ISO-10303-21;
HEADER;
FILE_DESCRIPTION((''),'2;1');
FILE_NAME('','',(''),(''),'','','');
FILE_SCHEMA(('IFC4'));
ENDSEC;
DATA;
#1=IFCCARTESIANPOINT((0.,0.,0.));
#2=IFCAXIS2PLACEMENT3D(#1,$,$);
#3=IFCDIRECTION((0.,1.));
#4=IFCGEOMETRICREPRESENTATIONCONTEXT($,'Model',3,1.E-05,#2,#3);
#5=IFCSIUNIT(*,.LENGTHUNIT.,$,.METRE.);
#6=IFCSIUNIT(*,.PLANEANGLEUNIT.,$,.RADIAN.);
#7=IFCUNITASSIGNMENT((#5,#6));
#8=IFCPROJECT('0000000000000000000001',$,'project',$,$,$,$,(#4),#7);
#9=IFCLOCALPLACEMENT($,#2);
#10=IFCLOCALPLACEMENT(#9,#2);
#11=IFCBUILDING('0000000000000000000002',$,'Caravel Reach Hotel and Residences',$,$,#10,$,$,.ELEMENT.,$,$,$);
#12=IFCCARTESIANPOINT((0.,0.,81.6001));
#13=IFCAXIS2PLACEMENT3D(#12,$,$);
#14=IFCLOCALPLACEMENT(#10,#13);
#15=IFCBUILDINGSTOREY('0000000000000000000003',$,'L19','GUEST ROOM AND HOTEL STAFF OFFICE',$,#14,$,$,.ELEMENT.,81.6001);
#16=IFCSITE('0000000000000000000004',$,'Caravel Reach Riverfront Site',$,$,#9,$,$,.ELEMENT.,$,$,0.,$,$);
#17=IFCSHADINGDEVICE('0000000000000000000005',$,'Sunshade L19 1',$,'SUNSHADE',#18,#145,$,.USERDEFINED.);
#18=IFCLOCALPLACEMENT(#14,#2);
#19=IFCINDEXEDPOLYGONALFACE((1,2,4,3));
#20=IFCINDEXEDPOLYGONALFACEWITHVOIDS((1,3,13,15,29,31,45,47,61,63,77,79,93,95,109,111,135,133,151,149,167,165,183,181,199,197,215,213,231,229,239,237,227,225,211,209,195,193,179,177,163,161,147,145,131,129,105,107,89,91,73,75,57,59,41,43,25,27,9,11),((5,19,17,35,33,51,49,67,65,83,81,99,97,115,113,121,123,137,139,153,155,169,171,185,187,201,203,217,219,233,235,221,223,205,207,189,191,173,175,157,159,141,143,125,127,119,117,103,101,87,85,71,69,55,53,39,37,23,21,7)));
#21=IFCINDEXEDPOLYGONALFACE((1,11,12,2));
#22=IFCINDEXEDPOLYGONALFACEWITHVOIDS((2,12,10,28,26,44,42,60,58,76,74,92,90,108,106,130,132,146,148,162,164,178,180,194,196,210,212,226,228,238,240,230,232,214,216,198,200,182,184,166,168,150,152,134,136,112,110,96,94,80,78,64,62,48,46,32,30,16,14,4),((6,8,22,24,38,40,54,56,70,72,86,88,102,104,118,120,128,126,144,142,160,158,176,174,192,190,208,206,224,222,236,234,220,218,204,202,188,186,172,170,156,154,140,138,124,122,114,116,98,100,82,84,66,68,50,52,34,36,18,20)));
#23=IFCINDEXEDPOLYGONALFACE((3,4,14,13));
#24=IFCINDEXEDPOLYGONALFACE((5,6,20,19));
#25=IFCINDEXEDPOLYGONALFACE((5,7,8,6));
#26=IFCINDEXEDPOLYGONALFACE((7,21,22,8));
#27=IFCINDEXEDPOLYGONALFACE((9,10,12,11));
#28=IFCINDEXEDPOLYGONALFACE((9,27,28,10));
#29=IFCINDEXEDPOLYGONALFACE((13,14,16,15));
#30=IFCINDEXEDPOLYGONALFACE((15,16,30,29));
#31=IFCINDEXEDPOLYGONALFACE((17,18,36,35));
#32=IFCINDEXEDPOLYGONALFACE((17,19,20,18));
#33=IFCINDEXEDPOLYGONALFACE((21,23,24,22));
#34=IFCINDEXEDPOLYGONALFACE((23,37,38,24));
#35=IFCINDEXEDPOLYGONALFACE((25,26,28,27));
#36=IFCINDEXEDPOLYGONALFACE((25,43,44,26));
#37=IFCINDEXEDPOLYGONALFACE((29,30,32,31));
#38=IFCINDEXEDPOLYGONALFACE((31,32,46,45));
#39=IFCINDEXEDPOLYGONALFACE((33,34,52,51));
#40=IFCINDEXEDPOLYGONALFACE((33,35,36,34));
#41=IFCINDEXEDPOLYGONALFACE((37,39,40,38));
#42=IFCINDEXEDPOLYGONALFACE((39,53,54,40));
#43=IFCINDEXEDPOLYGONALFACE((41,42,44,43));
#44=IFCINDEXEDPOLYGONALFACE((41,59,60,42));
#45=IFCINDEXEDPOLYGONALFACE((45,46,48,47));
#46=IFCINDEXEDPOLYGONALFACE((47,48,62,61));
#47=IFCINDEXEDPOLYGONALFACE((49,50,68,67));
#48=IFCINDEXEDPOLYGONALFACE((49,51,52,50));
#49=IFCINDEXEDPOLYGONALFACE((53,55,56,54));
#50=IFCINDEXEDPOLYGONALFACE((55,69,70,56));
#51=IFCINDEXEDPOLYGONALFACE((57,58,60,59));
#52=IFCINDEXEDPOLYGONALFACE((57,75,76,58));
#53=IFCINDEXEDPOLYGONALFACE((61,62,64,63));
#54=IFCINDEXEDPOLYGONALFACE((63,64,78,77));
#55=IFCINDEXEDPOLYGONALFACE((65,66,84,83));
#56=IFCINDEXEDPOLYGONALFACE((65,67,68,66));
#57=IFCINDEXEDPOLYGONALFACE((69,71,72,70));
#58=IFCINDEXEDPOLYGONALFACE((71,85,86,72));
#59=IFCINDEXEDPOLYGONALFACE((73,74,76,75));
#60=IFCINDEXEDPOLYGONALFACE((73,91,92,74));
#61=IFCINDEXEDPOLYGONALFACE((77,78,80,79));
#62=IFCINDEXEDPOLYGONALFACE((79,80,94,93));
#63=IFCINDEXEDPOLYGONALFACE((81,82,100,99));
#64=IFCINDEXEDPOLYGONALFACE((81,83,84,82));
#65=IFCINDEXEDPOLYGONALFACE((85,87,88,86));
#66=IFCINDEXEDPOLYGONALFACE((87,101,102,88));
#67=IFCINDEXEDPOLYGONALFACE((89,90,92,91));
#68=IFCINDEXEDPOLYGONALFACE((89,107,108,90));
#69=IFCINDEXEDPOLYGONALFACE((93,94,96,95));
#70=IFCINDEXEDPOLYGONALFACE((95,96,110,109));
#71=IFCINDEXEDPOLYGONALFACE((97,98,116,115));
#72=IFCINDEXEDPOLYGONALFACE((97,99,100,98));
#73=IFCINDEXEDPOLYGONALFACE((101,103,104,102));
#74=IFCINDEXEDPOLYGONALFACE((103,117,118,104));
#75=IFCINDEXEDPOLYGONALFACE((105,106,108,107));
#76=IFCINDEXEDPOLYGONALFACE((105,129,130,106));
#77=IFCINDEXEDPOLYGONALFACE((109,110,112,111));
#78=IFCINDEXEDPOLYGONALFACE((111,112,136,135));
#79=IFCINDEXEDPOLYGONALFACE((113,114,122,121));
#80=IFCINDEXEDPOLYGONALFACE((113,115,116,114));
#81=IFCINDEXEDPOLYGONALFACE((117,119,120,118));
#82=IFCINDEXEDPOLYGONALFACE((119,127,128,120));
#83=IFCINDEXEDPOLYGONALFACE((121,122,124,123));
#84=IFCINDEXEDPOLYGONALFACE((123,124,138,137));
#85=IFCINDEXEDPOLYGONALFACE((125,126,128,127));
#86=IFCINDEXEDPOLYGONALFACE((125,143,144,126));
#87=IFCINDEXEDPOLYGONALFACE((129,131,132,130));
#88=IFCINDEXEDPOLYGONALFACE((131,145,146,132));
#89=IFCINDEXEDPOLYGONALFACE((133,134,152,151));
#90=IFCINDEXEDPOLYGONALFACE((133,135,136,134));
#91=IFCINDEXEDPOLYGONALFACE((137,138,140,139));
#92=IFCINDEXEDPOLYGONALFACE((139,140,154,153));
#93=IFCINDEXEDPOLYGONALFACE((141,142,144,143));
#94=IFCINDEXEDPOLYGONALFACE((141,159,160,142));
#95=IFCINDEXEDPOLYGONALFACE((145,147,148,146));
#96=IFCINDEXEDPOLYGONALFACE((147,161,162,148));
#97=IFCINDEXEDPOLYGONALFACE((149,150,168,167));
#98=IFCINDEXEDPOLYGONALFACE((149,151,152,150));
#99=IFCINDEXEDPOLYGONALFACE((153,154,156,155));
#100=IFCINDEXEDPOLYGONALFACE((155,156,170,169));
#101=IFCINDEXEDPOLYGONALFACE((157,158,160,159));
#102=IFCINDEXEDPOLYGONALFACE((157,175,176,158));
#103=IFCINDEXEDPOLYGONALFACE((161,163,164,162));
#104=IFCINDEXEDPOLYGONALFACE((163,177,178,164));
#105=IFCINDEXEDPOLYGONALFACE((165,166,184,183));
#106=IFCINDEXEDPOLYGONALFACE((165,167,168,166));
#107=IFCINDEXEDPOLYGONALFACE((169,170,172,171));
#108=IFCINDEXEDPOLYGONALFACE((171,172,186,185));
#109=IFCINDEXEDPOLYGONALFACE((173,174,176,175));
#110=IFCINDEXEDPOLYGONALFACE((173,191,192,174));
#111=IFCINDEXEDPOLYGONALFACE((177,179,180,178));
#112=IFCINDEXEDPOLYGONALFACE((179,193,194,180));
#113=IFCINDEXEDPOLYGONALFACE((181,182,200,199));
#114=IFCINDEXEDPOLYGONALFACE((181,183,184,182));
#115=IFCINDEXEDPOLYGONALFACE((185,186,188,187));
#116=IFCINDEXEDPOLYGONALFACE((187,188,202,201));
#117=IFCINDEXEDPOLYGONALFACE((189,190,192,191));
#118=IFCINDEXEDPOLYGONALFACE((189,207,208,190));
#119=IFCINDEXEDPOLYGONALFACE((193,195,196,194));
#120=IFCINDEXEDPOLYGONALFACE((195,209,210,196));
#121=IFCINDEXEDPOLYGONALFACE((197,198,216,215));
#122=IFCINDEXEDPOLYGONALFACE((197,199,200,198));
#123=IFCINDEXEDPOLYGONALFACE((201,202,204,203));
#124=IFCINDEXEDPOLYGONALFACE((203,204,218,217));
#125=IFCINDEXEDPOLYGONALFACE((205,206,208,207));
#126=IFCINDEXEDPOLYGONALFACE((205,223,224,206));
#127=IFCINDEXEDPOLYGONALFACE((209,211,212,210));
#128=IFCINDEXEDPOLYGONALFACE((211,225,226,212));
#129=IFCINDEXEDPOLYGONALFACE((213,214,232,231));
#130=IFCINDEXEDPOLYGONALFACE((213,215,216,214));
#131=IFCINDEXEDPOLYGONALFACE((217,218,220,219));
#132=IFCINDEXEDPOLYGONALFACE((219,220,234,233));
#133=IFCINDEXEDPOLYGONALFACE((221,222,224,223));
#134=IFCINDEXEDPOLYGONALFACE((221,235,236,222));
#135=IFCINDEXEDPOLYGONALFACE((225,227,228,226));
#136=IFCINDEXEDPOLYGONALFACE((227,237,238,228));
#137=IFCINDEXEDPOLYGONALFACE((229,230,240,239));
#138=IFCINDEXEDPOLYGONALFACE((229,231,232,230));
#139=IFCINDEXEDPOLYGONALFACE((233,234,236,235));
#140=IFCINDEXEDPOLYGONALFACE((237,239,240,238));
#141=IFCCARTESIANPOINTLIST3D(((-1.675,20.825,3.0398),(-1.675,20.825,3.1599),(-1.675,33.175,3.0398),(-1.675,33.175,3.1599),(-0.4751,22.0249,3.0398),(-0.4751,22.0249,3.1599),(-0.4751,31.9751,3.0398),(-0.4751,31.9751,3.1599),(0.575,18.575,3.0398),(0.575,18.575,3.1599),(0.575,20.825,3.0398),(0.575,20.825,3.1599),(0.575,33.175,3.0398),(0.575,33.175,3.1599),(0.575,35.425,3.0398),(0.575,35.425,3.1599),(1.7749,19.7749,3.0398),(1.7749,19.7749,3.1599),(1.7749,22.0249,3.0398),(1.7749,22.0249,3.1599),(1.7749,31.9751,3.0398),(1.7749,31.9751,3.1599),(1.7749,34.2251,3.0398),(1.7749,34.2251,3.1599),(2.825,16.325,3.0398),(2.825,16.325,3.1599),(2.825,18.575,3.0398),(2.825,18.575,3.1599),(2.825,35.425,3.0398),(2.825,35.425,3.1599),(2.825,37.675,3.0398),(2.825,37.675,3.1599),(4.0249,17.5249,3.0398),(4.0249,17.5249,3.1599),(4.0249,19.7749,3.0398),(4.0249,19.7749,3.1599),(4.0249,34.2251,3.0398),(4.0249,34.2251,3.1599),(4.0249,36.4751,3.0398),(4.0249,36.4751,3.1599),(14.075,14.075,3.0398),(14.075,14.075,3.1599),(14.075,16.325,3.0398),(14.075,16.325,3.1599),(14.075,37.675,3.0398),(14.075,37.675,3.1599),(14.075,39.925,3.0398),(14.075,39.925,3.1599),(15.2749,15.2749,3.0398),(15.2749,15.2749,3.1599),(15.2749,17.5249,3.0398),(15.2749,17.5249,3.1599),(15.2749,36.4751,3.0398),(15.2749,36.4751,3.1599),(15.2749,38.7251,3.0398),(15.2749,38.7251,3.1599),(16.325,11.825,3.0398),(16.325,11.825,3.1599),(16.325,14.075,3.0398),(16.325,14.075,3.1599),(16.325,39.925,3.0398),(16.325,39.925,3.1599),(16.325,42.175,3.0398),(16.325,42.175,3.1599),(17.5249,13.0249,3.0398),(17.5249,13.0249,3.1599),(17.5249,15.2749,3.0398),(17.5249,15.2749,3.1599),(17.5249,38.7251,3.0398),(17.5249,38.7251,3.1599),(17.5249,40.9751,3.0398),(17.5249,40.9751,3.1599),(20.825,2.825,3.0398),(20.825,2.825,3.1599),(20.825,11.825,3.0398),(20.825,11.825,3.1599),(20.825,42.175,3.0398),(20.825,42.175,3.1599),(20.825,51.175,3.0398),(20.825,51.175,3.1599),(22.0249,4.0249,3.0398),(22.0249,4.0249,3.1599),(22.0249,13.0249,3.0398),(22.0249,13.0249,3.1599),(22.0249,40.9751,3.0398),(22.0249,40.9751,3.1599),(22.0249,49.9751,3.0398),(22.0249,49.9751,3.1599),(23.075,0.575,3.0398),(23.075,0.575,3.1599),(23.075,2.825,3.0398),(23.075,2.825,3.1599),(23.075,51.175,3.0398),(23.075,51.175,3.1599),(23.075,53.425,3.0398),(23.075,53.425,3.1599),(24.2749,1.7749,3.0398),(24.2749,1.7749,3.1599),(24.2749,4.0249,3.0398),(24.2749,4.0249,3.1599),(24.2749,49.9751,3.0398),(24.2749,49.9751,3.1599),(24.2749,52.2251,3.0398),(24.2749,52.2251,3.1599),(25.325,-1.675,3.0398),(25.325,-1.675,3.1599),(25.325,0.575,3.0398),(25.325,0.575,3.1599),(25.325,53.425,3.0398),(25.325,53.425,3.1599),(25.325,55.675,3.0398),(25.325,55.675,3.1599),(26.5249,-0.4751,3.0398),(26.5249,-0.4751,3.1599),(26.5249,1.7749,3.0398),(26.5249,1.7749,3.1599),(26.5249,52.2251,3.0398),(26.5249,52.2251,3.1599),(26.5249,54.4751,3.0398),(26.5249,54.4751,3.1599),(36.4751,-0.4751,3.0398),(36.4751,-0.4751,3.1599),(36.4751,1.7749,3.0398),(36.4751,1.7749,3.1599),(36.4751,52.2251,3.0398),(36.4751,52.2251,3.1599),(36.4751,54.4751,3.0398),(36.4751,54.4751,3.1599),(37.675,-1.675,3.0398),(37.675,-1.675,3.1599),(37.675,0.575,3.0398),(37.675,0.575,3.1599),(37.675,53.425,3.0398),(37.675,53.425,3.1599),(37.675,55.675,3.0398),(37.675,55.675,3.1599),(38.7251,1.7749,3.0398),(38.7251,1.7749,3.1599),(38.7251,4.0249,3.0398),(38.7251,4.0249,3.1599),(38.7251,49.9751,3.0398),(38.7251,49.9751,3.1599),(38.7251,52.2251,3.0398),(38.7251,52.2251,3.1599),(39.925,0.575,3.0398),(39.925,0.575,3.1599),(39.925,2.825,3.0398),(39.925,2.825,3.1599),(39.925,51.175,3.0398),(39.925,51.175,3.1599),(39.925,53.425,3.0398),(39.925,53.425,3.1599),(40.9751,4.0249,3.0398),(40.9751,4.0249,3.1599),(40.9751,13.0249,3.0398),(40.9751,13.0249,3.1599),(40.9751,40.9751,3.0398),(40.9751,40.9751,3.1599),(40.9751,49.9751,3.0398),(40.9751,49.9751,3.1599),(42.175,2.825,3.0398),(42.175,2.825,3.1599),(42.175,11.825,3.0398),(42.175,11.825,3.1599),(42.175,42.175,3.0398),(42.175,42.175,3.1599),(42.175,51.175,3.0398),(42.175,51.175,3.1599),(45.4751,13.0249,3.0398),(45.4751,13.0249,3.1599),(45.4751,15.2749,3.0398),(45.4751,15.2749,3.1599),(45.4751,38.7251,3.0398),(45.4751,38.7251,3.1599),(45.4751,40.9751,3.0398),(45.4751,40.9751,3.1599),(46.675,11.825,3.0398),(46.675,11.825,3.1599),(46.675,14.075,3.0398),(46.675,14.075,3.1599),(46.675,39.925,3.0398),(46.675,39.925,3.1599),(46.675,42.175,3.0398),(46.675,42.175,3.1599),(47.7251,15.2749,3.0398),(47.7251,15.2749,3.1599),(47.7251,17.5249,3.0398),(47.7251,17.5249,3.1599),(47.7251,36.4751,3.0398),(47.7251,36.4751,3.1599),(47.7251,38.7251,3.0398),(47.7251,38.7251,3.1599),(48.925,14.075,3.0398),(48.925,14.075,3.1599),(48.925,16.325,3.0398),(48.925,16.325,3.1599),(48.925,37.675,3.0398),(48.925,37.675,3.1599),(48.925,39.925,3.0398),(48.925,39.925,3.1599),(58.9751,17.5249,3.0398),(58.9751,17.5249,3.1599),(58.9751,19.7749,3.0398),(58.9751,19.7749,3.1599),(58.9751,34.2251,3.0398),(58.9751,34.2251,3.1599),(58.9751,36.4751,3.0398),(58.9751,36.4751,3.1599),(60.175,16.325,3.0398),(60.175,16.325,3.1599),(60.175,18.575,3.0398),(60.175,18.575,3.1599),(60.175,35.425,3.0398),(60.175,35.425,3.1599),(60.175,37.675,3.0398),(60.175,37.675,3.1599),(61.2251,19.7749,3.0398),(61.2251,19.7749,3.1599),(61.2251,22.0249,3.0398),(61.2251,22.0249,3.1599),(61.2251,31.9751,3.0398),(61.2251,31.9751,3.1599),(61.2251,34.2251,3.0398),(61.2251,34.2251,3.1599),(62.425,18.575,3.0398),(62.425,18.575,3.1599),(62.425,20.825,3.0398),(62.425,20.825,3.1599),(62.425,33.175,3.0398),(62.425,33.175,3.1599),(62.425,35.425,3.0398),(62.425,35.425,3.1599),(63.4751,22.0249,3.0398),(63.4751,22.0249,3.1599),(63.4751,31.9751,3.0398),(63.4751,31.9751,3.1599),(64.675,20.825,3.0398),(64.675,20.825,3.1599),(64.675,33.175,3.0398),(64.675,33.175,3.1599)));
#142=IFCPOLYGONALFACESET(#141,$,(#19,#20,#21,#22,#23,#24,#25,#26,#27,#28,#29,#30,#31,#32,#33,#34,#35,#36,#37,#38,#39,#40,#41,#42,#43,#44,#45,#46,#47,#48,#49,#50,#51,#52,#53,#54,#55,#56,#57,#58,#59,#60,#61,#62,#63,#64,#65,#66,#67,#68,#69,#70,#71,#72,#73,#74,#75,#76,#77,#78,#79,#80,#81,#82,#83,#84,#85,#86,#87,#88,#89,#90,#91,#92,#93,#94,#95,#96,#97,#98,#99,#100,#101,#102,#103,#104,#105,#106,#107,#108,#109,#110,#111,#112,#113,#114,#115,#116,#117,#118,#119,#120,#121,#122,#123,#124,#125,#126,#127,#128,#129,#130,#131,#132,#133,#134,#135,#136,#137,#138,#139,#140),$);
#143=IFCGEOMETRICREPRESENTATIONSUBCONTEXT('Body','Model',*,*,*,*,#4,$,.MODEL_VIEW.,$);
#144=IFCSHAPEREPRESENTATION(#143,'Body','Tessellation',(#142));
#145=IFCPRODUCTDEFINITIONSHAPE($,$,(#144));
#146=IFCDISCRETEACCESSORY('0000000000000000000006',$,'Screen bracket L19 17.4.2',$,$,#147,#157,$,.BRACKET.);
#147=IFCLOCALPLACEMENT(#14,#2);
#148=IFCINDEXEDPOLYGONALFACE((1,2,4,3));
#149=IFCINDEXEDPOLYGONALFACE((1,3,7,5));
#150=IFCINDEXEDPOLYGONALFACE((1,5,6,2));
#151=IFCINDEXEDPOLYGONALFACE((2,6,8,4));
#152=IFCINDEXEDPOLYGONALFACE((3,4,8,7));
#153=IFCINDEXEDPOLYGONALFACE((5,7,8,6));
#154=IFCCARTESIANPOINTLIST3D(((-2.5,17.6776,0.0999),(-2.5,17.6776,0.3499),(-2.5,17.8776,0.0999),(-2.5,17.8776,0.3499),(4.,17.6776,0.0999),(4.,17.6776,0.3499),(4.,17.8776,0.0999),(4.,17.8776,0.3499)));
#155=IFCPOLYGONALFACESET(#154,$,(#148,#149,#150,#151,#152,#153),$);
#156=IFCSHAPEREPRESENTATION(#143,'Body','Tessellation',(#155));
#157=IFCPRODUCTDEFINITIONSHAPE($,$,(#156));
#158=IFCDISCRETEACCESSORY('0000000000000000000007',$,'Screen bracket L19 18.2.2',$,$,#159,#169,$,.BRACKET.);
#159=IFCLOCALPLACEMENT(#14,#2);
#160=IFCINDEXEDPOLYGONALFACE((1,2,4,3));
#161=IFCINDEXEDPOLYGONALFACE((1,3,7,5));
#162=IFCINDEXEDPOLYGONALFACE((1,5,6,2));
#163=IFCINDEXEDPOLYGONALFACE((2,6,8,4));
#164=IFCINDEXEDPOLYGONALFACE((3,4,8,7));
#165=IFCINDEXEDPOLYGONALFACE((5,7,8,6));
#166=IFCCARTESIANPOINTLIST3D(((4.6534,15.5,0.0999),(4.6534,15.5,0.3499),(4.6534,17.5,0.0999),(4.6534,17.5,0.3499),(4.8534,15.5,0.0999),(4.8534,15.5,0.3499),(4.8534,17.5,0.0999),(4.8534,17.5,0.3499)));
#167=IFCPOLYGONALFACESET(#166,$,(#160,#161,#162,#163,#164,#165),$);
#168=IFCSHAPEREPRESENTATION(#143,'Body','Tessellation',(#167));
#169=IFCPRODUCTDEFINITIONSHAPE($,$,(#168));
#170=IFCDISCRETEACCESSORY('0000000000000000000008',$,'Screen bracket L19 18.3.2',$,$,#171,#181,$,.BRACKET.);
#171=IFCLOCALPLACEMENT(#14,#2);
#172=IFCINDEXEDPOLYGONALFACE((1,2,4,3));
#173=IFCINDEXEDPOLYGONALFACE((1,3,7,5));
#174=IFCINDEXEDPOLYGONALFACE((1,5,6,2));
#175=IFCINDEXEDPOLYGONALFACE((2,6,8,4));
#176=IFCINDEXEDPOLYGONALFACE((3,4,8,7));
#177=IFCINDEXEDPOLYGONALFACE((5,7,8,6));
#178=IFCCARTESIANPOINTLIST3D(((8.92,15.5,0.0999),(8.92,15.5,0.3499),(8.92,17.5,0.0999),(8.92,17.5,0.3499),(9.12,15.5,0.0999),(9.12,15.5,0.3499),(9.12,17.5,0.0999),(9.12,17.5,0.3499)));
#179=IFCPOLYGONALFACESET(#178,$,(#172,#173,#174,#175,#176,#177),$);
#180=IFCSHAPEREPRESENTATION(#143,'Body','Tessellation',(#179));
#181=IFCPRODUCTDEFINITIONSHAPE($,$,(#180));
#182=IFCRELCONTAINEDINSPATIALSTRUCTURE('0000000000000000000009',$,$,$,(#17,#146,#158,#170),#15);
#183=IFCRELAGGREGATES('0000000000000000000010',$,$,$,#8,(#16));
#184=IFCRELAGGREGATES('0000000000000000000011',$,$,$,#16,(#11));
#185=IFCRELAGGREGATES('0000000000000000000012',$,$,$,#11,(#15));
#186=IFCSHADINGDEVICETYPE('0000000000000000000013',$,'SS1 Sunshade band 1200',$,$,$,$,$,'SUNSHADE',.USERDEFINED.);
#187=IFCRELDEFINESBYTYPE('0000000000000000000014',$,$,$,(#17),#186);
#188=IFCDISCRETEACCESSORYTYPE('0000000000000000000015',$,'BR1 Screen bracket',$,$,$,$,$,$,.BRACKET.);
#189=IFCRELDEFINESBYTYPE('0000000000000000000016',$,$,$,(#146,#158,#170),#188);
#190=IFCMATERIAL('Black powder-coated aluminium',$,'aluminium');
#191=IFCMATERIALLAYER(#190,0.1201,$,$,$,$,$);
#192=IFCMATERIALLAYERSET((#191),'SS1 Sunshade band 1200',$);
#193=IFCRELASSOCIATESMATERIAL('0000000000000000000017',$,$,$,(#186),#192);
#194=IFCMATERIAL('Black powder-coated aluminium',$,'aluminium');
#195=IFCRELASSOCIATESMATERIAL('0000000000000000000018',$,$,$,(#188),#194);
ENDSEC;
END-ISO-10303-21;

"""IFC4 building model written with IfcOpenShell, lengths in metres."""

from ifc_helpers import new_model, si_unit, direction, frame, origin, origin_2d, place, context, subcontext, project, spatial, polyline, rectangle, outline, extrude, material, layer, layer_set, type_object, element, save


model = new_model("IFC4")

# Units and contexts
model_context = context("Model", 3, precision=1e-05, world=origin(), true_north=direction((0.0, 1.0)))
body_context = subcontext(model_context, "Body", "Model", "MODEL_VIEW")
ifc_project = project(units=[si_unit("LENGTHUNIT", "METRE"), si_unit("PLANEANGLEUNIT", "RADIAN")], contexts=[model_context])

# Site, building, storey
site_placement = place(None, origin())
site = spatial("IfcSite", under=ifc_project, at=site_placement, Name="Caravel Reach Riverfront Site", CompositionType="ELEMENT", RefElevation=0.0)
building_placement = place(site_placement, origin())
building = spatial("IfcBuilding", under=site, at=building_placement, Name="Caravel Reach Hotel and Residences", CompositionType="ELEMENT")
storey_placement = place(building_placement, frame((0.0, 0.0, 81.6001)))
storey = spatial("IfcBuildingStorey", under=building, at=storey_placement, Name="L19", Description="GUEST ROOM AND HOTEL STAFF OFFICE", CompositionType="ELEMENT", Elevation=81.6001)

# Shading device
ifc_material_1 = material(Name="Black powder-coated aluminium", Category="aluminium")
ifc_layer_1 = layer(ifc_material_1, 0.1201)
ifc_layer_set_1 = layer_set([ifc_layer_1], Name="SS1 Sunshade band 1200")
shading_device_type = type_object("IfcShadingDeviceType", Name="SS1 Sunshade band 1200", ElementType="SUNSHADE", PredefinedType="USERDEFINED", material=ifc_layer_set_1)
shading_device_placement = place(storey_placement, frame((0.0, 0.0, 3.0398)))
element("IfcShadingDevice", 1, at=shading_device_placement, inside=storey, type_object=shading_device_type, Name="Sunshade L19 1", ObjectType="SUNSHADE", PredefinedType="USERDEFINED", context=body_context, shape_type="SweptSolid", body=[
    extrude(outline(polyline([(20.825, 11.825), (20.825, 2.825), (23.075, 2.825), (23.075, 0.575), (25.325, 0.575), (25.325, -1.675), (37.675, -1.675), (37.675, 0.575), (39.925, 0.575), (39.925, 2.825), (42.175, 2.825), (42.175, 11.825), (46.675, 11.825), (46.675, 14.075), (48.925, 14.075), (48.925, 16.325), (60.175, 16.325), (60.175, 18.575), (62.425, 18.575), (62.425, 20.825), (64.675, 20.825), (64.675, 33.175), (62.425, 33.175), (62.425, 35.425), (60.175, 35.425), (60.175, 37.675), (48.925, 37.675), (48.925, 39.925), (46.675, 39.925), (46.675, 42.175), (42.175, 42.175), (42.175, 51.175), (39.925, 51.175), (39.925, 53.425), (37.675, 53.425), (37.675, 55.675), (25.325, 55.675), (25.325, 53.425), (23.075, 53.425), (23.075, 51.175), (20.825, 51.175), (20.825, 42.175), (16.325, 42.175), (16.325, 39.925), (14.075, 39.925), (14.075, 37.675), (2.825, 37.675), (2.825, 35.425), (0.575, 35.425), (0.575, 33.175), (-1.675, 33.175), (-1.675, 20.825), (0.575, 20.825), (0.575, 18.575), (2.825, 18.575), (2.825, 16.325), (14.075, 16.325), (14.075, 14.075), (16.325, 14.075), (16.325, 11.825), (20.825, 11.825)]), holes=[polyline([(24.2749, 4.0249), (22.0249, 4.0249), (22.0249, 13.0249), (17.5249, 13.0249), (17.5249, 15.2749), (15.2749, 15.2749), (15.2749, 17.5249), (4.0249, 17.5249), (4.0249, 19.7749), (1.7749, 19.7749), (1.7749, 22.0249), (-0.4751, 22.0249), (-0.4751, 31.9751), (1.7749, 31.9751), (1.7749, 34.2251), (4.0249, 34.2251), (4.0249, 36.4751), (15.2749, 36.4751), (15.2749, 38.7251), (17.5249, 38.7251), (17.5249, 40.9751), (22.0249, 40.9751), (22.0249, 49.9751), (24.2749, 49.9751), (24.2749, 52.2251), (26.5249, 52.2251), (26.5249, 54.4751), (36.4751, 54.4751), (36.4751, 52.2251), (38.7251, 52.2251), (38.7251, 49.9751), (40.9751, 49.9751), (40.9751, 40.9751), (45.4751, 40.9751), (45.4751, 38.7251), (47.7251, 38.7251), (47.7251, 36.4751), (58.9751, 36.4751), (58.9751, 34.2251), (61.2251, 34.2251), (61.2251, 31.9751), (63.4751, 31.9751), (63.4751, 22.0249), (61.2251, 22.0249), (61.2251, 19.7749), (58.9751, 19.7749), (58.9751, 17.5249), (47.7251, 17.5249), (47.7251, 15.2749), (45.4751, 15.2749), (45.4751, 13.0249), (40.9751, 13.0249), (40.9751, 4.0249), (38.7251, 4.0249), (38.7251, 1.7749), (36.4751, 1.7749), (36.4751, -0.4751), (26.5249, -0.4751), (26.5249, 1.7749), (24.2749, 1.7749), (24.2749, 4.0249)])]), origin(), (0.0, 0.0, 1.0), 0.1201),
])

# Discrete accessories
ifc_material_2 = material(Name="Black powder-coated aluminium", Category="aluminium")
discrete_accessory_type = type_object("IfcDiscreteAccessoryType", Name="BR1 Screen bracket", PredefinedType="BRACKET", material=ifc_material_2)
discrete_accessory_1_placement = place(storey_placement, frame((0.75, 17.7776, 0.0999), z_axis=(0.0, 0.0, 1.0), x_axis=(-1.0, 0.0, 0.0)))
element("IfcDiscreteAccessory", 2, at=discrete_accessory_1_placement, inside=storey, type_object=discrete_accessory_type, Name="Screen bracket L19 17.4.2", PredefinedType="BRACKET", context=body_context, shape_type="SweptSolid", body=[
    extrude(rectangle(XDim=6.5, YDim=0.2, at=origin_2d()), origin(), (0.0, 0.0, 1.0), 0.25),
])
for number, where, z_axis, x_axis, name in (
    (3, (4.7534, 16.5, 0.0999), (0.0, 0.0, 1.0), (0.0, -1.0, 0.0), "Screen bracket L19 18.2.2"),
    (4, (9.02, 16.5, 0.0999), (0.0, 0.0, 1.0), (0.0, -1.0, 0.0), "Screen bracket L19 18.3.2"),
):
    element("IfcDiscreteAccessory", number, at=place(storey_placement, frame(where, z_axis=z_axis, x_axis=x_axis)), inside=storey, type_object=discrete_accessory_type, Name=name, PredefinedType="BRACKET", context=body_context, shape_type="SweptSolid", body=[
        extrude(rectangle(XDim=2.0, YDim=0.2, at=origin_2d()), origin(), (0.0, 0.0, 1.0), 0.25),
    ])

save(model, "model.ifc")
